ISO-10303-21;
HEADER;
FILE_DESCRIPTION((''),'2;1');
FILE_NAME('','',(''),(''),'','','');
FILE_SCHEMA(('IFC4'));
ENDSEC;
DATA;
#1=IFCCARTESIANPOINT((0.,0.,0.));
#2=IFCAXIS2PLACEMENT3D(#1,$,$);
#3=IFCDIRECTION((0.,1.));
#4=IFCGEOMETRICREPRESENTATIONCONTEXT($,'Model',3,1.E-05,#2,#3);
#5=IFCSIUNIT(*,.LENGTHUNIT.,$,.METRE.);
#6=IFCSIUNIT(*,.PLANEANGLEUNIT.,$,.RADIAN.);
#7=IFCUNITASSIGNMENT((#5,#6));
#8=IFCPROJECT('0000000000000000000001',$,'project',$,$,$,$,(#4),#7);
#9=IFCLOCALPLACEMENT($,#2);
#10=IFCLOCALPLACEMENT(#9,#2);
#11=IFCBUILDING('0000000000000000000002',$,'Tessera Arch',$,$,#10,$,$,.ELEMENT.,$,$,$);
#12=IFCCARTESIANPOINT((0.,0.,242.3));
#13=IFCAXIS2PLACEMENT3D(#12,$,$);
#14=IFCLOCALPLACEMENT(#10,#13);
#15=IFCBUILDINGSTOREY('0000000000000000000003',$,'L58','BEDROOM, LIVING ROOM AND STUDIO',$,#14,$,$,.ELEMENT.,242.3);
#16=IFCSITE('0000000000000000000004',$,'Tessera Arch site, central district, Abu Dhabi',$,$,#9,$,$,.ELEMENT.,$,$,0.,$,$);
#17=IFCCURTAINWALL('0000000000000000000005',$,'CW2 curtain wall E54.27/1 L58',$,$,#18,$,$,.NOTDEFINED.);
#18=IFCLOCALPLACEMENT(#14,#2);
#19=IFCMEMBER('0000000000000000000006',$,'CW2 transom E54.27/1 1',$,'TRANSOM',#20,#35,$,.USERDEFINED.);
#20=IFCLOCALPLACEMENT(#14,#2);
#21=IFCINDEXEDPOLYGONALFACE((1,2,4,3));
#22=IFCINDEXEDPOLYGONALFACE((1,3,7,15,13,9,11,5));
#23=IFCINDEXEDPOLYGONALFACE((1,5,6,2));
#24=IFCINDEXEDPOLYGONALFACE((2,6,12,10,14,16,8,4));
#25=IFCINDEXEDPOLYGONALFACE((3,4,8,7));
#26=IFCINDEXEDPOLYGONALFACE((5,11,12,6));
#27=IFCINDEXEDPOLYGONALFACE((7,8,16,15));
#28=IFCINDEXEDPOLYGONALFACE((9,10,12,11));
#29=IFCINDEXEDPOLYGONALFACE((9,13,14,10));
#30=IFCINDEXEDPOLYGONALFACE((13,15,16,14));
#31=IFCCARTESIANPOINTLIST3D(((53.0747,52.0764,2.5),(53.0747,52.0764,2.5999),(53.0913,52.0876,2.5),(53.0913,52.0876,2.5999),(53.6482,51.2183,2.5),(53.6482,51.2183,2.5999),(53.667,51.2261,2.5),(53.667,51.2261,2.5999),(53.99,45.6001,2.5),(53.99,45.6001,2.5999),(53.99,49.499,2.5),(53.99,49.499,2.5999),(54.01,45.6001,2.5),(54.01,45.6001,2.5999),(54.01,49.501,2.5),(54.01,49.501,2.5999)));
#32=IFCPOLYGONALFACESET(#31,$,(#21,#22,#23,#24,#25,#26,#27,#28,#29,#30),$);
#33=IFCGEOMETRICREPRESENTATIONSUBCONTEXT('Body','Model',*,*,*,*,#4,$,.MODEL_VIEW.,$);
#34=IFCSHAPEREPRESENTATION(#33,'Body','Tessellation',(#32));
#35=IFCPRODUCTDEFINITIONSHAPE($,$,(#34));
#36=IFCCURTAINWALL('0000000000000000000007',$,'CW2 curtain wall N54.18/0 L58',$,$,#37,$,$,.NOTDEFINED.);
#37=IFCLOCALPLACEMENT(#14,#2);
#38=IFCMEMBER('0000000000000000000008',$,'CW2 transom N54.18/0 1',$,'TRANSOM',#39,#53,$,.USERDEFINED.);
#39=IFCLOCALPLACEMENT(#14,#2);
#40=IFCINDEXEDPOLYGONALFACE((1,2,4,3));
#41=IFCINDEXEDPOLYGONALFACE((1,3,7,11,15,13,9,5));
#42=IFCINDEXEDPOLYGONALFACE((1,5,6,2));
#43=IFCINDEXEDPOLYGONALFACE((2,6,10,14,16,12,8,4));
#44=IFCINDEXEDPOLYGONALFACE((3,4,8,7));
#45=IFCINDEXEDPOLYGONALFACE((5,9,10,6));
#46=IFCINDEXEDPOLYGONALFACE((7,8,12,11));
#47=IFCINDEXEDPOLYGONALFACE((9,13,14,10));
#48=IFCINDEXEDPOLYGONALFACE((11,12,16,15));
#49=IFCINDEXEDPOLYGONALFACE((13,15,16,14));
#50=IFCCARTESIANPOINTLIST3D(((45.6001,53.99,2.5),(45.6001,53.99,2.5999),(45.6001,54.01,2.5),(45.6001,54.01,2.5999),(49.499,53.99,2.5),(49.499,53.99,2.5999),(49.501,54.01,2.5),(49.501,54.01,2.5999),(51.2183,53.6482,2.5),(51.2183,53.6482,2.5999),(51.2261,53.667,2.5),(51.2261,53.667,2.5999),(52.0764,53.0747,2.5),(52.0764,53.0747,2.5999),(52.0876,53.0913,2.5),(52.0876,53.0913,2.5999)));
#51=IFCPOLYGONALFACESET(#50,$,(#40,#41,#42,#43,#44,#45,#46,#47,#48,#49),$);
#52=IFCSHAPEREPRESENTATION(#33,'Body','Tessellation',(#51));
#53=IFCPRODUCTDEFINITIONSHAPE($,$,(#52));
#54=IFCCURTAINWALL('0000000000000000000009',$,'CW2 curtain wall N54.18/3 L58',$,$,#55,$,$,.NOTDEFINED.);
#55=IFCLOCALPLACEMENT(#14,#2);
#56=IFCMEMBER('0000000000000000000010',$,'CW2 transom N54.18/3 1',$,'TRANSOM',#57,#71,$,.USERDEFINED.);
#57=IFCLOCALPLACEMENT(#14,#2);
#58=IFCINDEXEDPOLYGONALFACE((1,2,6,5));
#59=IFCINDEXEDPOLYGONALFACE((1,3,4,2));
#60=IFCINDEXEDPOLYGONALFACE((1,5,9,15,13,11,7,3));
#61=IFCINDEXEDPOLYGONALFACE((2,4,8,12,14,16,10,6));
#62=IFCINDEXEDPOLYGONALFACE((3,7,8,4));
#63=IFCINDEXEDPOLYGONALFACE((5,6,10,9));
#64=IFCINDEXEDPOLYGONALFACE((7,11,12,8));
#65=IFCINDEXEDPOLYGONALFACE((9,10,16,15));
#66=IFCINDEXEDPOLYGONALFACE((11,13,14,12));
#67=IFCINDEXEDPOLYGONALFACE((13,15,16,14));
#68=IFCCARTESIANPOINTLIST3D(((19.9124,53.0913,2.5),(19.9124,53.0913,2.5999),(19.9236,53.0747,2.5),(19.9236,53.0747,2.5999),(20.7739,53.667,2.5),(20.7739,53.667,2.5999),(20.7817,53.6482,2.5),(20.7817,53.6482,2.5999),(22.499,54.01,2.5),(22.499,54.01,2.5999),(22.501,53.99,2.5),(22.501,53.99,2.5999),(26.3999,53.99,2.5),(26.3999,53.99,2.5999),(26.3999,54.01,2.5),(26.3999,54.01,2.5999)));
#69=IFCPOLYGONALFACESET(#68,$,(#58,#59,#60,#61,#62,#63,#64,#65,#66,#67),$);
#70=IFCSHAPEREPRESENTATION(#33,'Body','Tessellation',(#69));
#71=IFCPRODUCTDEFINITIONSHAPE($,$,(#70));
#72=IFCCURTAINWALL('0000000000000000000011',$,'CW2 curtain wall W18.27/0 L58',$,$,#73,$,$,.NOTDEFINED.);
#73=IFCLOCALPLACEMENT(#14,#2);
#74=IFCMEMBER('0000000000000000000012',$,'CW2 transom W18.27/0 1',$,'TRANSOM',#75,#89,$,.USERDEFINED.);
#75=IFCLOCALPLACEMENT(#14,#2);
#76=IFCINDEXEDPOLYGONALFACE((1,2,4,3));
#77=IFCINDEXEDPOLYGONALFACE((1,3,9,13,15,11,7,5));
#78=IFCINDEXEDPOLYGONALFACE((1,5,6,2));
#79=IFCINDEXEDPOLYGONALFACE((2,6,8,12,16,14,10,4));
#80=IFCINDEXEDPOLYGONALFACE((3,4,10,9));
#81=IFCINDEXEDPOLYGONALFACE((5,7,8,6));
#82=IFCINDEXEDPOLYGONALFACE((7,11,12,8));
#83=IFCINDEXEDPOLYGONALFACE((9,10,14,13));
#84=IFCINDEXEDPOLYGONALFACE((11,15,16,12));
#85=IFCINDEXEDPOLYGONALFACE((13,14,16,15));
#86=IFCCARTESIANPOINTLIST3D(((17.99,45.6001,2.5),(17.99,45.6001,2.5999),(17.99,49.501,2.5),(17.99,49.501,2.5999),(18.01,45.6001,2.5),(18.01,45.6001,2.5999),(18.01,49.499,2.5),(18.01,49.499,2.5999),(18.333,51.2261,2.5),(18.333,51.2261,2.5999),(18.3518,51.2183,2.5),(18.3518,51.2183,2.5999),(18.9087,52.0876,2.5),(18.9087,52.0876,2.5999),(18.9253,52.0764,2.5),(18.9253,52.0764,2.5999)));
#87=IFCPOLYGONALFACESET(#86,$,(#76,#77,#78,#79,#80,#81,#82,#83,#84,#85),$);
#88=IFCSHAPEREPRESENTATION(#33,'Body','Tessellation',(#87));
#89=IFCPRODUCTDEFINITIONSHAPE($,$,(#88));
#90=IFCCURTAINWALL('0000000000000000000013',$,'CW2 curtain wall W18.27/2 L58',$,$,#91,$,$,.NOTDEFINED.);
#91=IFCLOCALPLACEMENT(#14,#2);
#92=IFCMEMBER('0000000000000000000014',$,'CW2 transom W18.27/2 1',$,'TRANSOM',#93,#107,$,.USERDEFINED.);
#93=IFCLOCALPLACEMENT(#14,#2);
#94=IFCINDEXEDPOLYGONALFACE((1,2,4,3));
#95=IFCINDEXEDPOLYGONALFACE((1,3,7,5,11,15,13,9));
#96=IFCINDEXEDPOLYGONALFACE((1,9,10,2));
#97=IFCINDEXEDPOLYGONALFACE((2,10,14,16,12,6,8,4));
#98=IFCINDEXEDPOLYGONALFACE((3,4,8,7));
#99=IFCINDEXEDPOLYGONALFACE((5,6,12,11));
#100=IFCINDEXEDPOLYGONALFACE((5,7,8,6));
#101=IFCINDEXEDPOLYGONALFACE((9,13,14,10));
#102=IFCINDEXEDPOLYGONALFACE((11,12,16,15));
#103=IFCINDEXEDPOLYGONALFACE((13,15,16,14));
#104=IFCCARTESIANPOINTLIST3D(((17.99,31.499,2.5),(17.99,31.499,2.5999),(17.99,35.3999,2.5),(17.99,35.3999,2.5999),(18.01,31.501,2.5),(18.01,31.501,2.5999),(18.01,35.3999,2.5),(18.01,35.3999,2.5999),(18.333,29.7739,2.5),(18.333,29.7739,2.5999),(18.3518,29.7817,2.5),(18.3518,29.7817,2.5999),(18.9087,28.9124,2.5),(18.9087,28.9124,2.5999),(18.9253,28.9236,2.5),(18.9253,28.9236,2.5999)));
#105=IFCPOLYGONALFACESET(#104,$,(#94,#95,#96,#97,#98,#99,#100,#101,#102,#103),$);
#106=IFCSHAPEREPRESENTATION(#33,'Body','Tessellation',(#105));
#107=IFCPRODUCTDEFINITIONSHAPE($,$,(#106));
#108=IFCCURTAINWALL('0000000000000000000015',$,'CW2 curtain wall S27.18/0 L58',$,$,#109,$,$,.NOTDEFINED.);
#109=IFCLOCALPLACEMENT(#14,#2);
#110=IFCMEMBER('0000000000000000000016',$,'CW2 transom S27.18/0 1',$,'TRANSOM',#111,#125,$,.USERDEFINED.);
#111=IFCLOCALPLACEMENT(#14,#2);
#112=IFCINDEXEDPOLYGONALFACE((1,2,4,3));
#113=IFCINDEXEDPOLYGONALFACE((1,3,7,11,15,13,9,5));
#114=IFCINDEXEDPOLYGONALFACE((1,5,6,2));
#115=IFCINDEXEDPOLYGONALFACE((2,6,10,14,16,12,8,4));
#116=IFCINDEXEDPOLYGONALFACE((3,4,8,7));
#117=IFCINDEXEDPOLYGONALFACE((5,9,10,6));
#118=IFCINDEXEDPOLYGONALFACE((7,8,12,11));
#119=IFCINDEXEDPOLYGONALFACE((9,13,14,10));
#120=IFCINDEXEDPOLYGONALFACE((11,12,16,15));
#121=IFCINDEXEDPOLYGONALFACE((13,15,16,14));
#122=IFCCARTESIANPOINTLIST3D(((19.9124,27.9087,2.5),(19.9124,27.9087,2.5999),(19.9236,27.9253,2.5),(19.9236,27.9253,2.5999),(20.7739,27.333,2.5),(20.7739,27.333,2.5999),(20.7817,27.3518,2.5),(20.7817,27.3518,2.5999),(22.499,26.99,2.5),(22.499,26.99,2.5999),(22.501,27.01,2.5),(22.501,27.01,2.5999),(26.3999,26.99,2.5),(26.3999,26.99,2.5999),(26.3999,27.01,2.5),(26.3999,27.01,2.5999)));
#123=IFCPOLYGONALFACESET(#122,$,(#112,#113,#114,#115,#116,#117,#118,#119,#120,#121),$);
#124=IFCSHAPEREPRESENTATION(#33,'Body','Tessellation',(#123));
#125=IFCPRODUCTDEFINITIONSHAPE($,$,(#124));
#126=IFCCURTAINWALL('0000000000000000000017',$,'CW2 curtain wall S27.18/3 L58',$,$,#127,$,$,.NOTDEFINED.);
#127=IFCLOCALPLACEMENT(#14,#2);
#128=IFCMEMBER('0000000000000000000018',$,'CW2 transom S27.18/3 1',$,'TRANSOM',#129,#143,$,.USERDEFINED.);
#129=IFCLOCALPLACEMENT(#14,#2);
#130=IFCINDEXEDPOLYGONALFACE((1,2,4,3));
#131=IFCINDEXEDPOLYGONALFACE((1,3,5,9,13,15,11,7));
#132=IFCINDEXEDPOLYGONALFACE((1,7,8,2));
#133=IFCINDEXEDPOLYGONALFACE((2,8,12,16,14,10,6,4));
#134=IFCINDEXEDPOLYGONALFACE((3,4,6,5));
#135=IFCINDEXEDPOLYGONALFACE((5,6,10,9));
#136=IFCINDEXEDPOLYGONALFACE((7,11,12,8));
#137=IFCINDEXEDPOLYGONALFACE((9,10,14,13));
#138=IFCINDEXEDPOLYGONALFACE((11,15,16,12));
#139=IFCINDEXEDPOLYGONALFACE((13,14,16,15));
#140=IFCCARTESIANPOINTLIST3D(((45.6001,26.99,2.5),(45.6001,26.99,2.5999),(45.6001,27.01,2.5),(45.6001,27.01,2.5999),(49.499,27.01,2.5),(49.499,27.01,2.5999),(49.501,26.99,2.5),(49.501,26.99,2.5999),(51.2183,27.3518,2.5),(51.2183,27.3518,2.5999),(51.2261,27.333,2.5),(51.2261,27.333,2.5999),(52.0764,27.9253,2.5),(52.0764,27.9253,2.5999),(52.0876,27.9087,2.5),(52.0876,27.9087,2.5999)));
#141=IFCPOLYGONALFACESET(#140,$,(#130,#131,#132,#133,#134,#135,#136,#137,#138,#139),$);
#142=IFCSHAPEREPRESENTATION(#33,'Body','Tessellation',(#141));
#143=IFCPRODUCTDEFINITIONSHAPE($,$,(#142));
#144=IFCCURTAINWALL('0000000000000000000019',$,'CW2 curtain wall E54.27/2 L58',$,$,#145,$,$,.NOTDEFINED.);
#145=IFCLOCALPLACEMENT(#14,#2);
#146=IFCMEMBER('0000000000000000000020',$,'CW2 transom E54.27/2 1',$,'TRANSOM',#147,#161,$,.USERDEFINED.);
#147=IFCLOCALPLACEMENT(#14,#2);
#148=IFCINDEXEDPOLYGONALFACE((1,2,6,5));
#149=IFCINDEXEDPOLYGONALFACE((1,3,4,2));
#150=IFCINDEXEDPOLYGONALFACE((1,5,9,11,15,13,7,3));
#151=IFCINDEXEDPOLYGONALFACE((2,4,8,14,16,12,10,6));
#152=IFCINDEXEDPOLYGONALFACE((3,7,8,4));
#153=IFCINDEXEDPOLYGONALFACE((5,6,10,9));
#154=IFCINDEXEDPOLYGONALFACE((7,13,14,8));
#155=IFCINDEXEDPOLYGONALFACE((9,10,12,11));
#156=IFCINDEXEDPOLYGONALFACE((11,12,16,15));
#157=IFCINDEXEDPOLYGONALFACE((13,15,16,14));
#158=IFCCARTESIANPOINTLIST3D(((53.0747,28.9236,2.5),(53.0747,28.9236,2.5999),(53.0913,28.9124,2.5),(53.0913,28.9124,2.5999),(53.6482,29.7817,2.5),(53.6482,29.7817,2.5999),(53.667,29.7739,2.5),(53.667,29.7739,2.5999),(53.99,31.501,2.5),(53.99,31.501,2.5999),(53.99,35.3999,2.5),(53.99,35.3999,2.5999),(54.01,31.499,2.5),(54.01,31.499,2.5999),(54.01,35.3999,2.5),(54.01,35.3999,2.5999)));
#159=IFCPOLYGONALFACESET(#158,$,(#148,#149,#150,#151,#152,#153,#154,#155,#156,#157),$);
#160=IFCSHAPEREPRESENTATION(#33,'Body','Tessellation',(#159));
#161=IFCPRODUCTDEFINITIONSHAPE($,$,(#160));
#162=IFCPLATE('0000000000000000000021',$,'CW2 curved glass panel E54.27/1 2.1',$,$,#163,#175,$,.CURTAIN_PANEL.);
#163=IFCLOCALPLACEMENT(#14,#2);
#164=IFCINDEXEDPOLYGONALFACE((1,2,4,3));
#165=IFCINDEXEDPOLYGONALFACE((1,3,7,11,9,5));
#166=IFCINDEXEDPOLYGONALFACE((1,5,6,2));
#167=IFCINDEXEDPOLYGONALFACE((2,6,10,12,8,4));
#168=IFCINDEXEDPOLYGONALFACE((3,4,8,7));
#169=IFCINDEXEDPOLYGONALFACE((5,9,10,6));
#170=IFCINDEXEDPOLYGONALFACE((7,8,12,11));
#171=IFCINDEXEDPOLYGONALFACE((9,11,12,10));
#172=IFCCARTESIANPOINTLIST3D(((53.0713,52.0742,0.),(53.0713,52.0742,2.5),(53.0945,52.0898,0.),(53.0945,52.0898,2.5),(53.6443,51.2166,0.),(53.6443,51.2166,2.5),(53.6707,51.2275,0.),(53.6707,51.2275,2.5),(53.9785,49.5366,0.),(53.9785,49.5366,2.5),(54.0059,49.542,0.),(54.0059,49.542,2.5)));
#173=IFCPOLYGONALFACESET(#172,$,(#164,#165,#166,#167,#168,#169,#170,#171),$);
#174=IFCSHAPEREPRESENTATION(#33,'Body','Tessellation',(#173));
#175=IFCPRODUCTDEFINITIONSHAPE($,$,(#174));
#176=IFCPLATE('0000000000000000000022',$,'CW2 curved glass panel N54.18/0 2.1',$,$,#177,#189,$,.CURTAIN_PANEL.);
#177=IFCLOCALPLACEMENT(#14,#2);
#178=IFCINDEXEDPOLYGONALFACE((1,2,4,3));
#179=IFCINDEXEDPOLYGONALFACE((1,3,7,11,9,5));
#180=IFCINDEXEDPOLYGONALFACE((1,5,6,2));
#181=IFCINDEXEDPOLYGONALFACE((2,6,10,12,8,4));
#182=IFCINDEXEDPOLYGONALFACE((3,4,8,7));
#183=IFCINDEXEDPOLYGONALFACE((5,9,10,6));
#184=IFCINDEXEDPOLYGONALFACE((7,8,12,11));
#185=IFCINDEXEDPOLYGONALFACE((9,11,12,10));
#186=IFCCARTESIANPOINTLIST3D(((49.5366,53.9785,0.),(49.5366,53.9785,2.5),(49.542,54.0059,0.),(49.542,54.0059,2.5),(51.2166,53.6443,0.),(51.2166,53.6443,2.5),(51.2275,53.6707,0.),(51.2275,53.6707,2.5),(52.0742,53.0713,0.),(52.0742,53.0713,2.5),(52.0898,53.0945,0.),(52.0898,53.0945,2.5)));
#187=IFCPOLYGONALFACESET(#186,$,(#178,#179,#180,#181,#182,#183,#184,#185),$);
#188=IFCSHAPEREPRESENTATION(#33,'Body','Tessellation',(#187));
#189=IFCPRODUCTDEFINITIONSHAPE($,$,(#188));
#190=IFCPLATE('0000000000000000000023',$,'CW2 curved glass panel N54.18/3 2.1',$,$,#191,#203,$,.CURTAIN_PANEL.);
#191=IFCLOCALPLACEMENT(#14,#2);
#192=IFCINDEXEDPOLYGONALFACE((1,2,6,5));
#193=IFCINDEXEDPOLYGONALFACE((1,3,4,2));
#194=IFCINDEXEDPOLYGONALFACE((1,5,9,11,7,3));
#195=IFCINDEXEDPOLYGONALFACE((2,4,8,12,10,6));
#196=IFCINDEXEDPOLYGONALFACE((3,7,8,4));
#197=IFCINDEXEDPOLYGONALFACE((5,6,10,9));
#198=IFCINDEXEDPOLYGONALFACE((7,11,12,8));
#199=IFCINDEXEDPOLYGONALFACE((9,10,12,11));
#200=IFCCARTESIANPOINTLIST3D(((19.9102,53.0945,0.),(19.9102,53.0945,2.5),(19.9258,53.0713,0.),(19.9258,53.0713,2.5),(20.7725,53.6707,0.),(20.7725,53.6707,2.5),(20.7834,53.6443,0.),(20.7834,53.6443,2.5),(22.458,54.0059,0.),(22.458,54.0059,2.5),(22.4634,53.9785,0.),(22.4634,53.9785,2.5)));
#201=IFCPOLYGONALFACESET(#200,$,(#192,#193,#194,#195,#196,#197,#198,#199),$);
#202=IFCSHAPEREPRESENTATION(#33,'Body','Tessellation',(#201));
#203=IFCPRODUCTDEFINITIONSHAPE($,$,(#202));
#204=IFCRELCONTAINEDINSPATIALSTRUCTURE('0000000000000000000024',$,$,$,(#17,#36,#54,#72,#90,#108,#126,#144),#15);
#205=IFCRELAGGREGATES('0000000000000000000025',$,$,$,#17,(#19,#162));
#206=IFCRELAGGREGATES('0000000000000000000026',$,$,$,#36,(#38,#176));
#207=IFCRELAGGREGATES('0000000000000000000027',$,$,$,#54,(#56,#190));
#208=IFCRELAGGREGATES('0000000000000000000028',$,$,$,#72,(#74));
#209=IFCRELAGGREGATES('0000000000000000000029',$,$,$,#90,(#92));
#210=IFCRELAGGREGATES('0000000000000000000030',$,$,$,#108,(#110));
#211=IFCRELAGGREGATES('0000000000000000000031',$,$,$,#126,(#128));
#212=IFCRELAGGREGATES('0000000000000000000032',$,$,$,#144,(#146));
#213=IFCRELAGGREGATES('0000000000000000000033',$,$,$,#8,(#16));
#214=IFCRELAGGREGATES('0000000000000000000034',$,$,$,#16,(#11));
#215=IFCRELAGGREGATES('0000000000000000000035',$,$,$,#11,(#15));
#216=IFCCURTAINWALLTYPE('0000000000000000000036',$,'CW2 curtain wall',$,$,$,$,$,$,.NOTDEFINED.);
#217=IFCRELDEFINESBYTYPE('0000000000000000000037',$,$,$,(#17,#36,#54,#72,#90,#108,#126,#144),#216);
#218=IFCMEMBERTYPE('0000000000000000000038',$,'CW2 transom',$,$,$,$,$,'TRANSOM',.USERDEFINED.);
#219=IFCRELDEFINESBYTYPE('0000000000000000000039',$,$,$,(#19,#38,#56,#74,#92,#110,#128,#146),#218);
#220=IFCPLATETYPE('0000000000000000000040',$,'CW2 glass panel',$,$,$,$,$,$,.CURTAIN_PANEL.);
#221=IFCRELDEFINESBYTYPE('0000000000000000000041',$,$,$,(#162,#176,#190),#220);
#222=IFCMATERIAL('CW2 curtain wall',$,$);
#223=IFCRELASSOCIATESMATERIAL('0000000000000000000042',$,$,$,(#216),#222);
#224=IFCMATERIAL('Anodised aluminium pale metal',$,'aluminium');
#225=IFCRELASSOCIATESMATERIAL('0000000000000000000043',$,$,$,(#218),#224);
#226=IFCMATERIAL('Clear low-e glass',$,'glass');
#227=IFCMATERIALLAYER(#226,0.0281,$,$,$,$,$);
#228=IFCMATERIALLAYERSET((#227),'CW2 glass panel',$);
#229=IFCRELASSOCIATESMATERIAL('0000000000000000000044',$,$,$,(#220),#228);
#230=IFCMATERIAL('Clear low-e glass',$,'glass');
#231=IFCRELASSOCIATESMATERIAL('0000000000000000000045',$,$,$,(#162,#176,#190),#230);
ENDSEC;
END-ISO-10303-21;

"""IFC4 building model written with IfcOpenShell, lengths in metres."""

from ifc_helpers import new_model, si_unit, direction, frame, origin, origin_2d, place, context, subcontext, project, spatial, polyline, rectangle, outline, extrude, material, layer, layer_set, material_profile, profile_set, type_object, element, aggregate, save


model = new_model("IFC4")

# Units and contexts
model_context = context("Model", 3, precision=1e-05, world=origin(), true_north=direction((0.0, 1.0)))
body_context = subcontext(model_context, "Body", "Model", "MODEL_VIEW")
ifc_project = project(units=[si_unit("LENGTHUNIT", "METRE"), si_unit("PLANEANGLEUNIT", "RADIAN")], contexts=[model_context])

# Site, building, storey
site_placement = place(None, origin())
site = spatial("IfcSite", under=ifc_project, at=site_placement, Name="Tessera Arch site, central district, Abu Dhabi", CompositionType="ELEMENT", RefElevation=0.0)
building_placement = place(site_placement, origin())
building = spatial("IfcBuilding", under=site, at=building_placement, Name="Tessera Arch", CompositionType="ELEMENT")
storey_placement = place(building_placement, frame((0.0, 0.0, 242.3)))
storey = spatial("IfcBuildingStorey", under=building, at=storey_placement, Name="L58", Description="BEDROOM, LIVING ROOM AND STUDIO", CompositionType="ELEMENT", Elevation=242.3)

# Curtain walls, members
ifc_material_1 = material(Name="CW2 curtain wall")
curtain_wall_type = type_object("IfcCurtainWallType", Name="CW2 curtain wall", PredefinedType="NOTDEFINED", material=ifc_material_1)
curtain_wall_1_placement = place(storey_placement, origin())
curtain_wall_1 = element("IfcCurtainWall", 1, at=curtain_wall_1_placement, inside=storey, type_object=curtain_wall_type, Name="CW2 curtain wall E54.27/1 L58", PredefinedType="NOTDEFINED")
ifc_material_2 = material(Name="Anodised aluminium pale metal", Category="aluminium")
ifc_material_profile = material_profile(ifc_material_2, rectangle(XDim=0.2, YDim=0.1001, at=origin_2d()), Name="AL 200x100")
ifc_profile_set = profile_set([ifc_material_profile], Name="Anodised aluminium pale metal")
member_type = type_object("IfcMemberType", Name="CW2 transom", ElementType="TRANSOM", PredefinedType="USERDEFINED", material=ifc_profile_set)
member_1_placement = place(storey_placement, frame((0.0, 0.0, 2.5)))
member_1 = element("IfcMember", 2, at=member_1_placement, type_object=member_type, Name="CW2 transom E54.27/1 1", ObjectType="TRANSOM", PredefinedType="USERDEFINED", context=body_context, shape_type="SweptSolid", body=[
    extrude(outline(polyline([(53.99, 49.499), (53.99, 45.6001), (54.01, 45.6001), (54.01, 49.501), (53.667, 51.2261), (53.0913, 52.0876), (53.0747, 52.0764), (53.6482, 51.2183), (53.99, 49.499)])), origin(), (0.0, 0.0, 1.0), 0.0999),
])
curtain_wall_2_placement = place(storey_placement, origin())
curtain_wall_2 = element("IfcCurtainWall", 3, at=curtain_wall_2_placement, inside=storey, type_object=curtain_wall_type, Name="CW2 curtain wall N54.18/0 L58", PredefinedType="NOTDEFINED")
member_2_placement = place(storey_placement, frame((0.0, 0.0, 2.5)))
member_2 = element("IfcMember", 4, at=member_2_placement, type_object=member_type, Name="CW2 transom N54.18/0 1", ObjectType="TRANSOM", PredefinedType="USERDEFINED", context=body_context, shape_type="SweptSolid", body=[
    extrude(outline(polyline([(51.2183, 53.6482), (52.0764, 53.0747), (52.0876, 53.0913), (51.2261, 53.667), (49.501, 54.01), (45.6001, 54.01), (45.6001, 53.99), (49.499, 53.99), (51.2183, 53.6482)])), origin(), (0.0, 0.0, 1.0), 0.0999),
])
curtain_wall_3_placement = place(storey_placement, origin())
curtain_wall_3 = element("IfcCurtainWall", 5, at=curtain_wall_3_placement, inside=storey, type_object=curtain_wall_type, Name="CW2 curtain wall N54.18/3 L58", PredefinedType="NOTDEFINED")
member_3_placement = place(storey_placement, frame((0.0, 0.0, 2.5)))
member_3 = element("IfcMember", 6, at=member_3_placement, type_object=member_type, Name="CW2 transom N54.18/3 1", ObjectType="TRANSOM", PredefinedType="USERDEFINED", context=body_context, shape_type="SweptSolid", body=[
    extrude(outline(polyline([(22.501, 53.99), (26.3999, 53.99), (26.3999, 54.01), (22.499, 54.01), (20.7739, 53.667), (19.9124, 53.0913), (19.9236, 53.0747), (20.7817, 53.6482), (22.501, 53.99)])), origin(), (0.0, 0.0, 1.0), 0.0999),
])
curtain_wall_4_placement = place(storey_placement, origin())
curtain_wall_4 = element("IfcCurtainWall", 7, at=curtain_wall_4_placement, inside=storey, type_object=curtain_wall_type, Name="CW2 curtain wall W18.27/0 L58", PredefinedType="NOTDEFINED")
member_4_placement = place(storey_placement, frame((0.0, 0.0, 2.5)))
member_4 = element("IfcMember", 8, at=member_4_placement, type_object=member_type, Name="CW2 transom W18.27/0 1", ObjectType="TRANSOM", PredefinedType="USERDEFINED", context=body_context, shape_type="SweptSolid", body=[
    extrude(outline(polyline([(18.3518, 51.2183), (18.9253, 52.0764), (18.9087, 52.0876), (18.333, 51.2261), (17.99, 49.501), (17.99, 45.6001), (18.01, 45.6001), (18.01, 49.499), (18.3518, 51.2183)])), origin(), (0.0, 0.0, 1.0), 0.0999),
])
curtain_wall_5_placement = place(storey_placement, origin())
curtain_wall_5 = element("IfcCurtainWall", 9, at=curtain_wall_5_placement, inside=storey, type_object=curtain_wall_type, Name="CW2 curtain wall W18.27/2 L58", PredefinedType="NOTDEFINED")
member_5_placement = place(storey_placement, frame((0.0, 0.0, 2.5)))
member_5 = element("IfcMember", 10, at=member_5_placement, type_object=member_type, Name="CW2 transom W18.27/2 1", ObjectType="TRANSOM", PredefinedType="USERDEFINED", context=body_context, shape_type="SweptSolid", body=[
    extrude(outline(polyline([(18.01, 31.501), (18.01, 35.3999), (17.99, 35.3999), (17.99, 31.499), (18.333, 29.7739), (18.9087, 28.9124), (18.9253, 28.9236), (18.3518, 29.7817), (18.01, 31.501)])), origin(), (0.0, 0.0, 1.0), 0.0999),
])
curtain_wall_6_placement = place(storey_placement, origin())
curtain_wall_6 = element("IfcCurtainWall", 11, at=curtain_wall_6_placement, inside=storey, type_object=curtain_wall_type, Name="CW2 curtain wall S27.18/0 L58", PredefinedType="NOTDEFINED")
member_6_placement = place(storey_placement, frame((0.0, 0.0, 2.5)))
member_6 = element("IfcMember", 12, at=member_6_placement, type_object=member_type, Name="CW2 transom S27.18/0 1", ObjectType="TRANSOM", PredefinedType="USERDEFINED", context=body_context, shape_type="SweptSolid", body=[
    extrude(outline(polyline([(20.7817, 27.3518), (19.9236, 27.9253), (19.9124, 27.9087), (20.7739, 27.333), (22.499, 26.99), (26.3999, 26.99), (26.3999, 27.01), (22.501, 27.01), (20.7817, 27.3518)])), origin(), (0.0, 0.0, 1.0), 0.0999),
])
curtain_wall_7_placement = place(storey_placement, origin())
curtain_wall_7 = element("IfcCurtainWall", 13, at=curtain_wall_7_placement, inside=storey, type_object=curtain_wall_type, Name="CW2 curtain wall S27.18/3 L58", PredefinedType="NOTDEFINED")
member_7_placement = place(storey_placement, frame((0.0, 0.0, 2.5)))
member_7 = element("IfcMember", 14, at=member_7_placement, type_object=member_type, Name="CW2 transom S27.18/3 1", ObjectType="TRANSOM", PredefinedType="USERDEFINED", context=body_context, shape_type="SweptSolid", body=[
    extrude(outline(polyline([(49.499, 27.01), (45.6001, 27.01), (45.6001, 26.99), (49.501, 26.99), (51.2261, 27.333), (52.0876, 27.9087), (52.0764, 27.9253), (51.2183, 27.3518), (49.499, 27.01)])), origin(), (0.0, 0.0, 1.0), 0.0999),
])
curtain_wall_8_placement = place(storey_placement, origin())
curtain_wall_8 = element("IfcCurtainWall", 15, at=curtain_wall_8_placement, inside=storey, type_object=curtain_wall_type, Name="CW2 curtain wall E54.27/2 L58", PredefinedType="NOTDEFINED")
member_8_placement = place(storey_placement, frame((0.0, 0.0, 2.5)))
member_8 = element("IfcMember", 16, at=member_8_placement, type_object=member_type, Name="CW2 transom E54.27/2 1", ObjectType="TRANSOM", PredefinedType="USERDEFINED", context=body_context, shape_type="SweptSolid", body=[
    extrude(outline(polyline([(53.6482, 29.7817), (53.0747, 28.9236), (53.0913, 28.9124), (53.667, 29.7739), (54.01, 31.499), (54.01, 35.3999), (53.99, 35.3999), (53.99, 31.501), (53.6482, 29.7817)])), origin(), (0.0, 0.0, 1.0), 0.0999),
])

# Plates
ifc_material_3 = material(Name="Clear low-e glass", Category="glass")
ifc_material_4 = material(Name="Clear low-e glass", Category="glass")
ifc_layer_1 = layer(ifc_material_4, 0.0281)
ifc_layer_set_1 = layer_set([ifc_layer_1], Name="CW2 glass panel")
plate_type_1 = type_object("IfcPlateType", Name="CW2 glass panel", PredefinedType="CURTAIN_PANEL", material=ifc_layer_set_1)
plate_1_placement = place(storey_placement, origin())
plate_1 = element("IfcPlate", 17, at=plate_1_placement, type_object=plate_type_1, material=ifc_material_3, Name="CW2 curved glass panel E54.27/1 2.1", PredefinedType="CURTAIN_PANEL", context=body_context, shape_type="SweptSolid", body=[
    extrude(outline(polyline([(53.6443, 51.2166), (53.9785, 49.5366), (54.0059, 49.542), (53.6707, 51.2275), (53.0945, 52.0898), (53.0713, 52.0742), (53.6443, 51.2166)])), origin(), (0.0, 0.0, 1.0), 2.5),
])
plate_2_placement = place(storey_placement, origin())
plate_2 = element("IfcPlate", 18, at=plate_2_placement, type_object=plate_type_1, material=ifc_material_3, Name="CW2 curved glass panel N54.18/0 2.1", PredefinedType="CURTAIN_PANEL", context=body_context, shape_type="SweptSolid", body=[
    extrude(outline(polyline([(51.2166, 53.6443), (52.0742, 53.0713), (52.0898, 53.0945), (51.2275, 53.6707), (49.542, 54.0059), (49.5366, 53.9785), (51.2166, 53.6443)])), origin(), (0.0, 0.0, 1.0), 2.5),
])
plate_3_placement = place(storey_placement, origin())
plate_3 = element("IfcPlate", 19, at=plate_3_placement, type_object=plate_type_1, material=ifc_material_3, Name="CW2 curved glass panel N54.18/3 2.1", PredefinedType="CURTAIN_PANEL", context=body_context, shape_type="SweptSolid", body=[
    extrude(outline(polyline([(20.7834, 53.6443), (22.4634, 53.9785), (22.458, 54.0059), (20.7725, 53.6707), (19.9102, 53.0945), (19.9258, 53.0713), (20.7834, 53.6443)])), origin(), (0.0, 0.0, 1.0), 2.5),
])
aggregate(curtain_wall_1, [member_1, plate_1])
aggregate(curtain_wall_2, [member_2, plate_2])
aggregate(curtain_wall_3, [member_3, plate_3])
aggregate(curtain_wall_4, [member_4])
aggregate(curtain_wall_5, [member_5])
aggregate(curtain_wall_6, [member_6])
aggregate(curtain_wall_7, [member_7])
aggregate(curtain_wall_8, [member_8])

save(model, "model.ifc")
